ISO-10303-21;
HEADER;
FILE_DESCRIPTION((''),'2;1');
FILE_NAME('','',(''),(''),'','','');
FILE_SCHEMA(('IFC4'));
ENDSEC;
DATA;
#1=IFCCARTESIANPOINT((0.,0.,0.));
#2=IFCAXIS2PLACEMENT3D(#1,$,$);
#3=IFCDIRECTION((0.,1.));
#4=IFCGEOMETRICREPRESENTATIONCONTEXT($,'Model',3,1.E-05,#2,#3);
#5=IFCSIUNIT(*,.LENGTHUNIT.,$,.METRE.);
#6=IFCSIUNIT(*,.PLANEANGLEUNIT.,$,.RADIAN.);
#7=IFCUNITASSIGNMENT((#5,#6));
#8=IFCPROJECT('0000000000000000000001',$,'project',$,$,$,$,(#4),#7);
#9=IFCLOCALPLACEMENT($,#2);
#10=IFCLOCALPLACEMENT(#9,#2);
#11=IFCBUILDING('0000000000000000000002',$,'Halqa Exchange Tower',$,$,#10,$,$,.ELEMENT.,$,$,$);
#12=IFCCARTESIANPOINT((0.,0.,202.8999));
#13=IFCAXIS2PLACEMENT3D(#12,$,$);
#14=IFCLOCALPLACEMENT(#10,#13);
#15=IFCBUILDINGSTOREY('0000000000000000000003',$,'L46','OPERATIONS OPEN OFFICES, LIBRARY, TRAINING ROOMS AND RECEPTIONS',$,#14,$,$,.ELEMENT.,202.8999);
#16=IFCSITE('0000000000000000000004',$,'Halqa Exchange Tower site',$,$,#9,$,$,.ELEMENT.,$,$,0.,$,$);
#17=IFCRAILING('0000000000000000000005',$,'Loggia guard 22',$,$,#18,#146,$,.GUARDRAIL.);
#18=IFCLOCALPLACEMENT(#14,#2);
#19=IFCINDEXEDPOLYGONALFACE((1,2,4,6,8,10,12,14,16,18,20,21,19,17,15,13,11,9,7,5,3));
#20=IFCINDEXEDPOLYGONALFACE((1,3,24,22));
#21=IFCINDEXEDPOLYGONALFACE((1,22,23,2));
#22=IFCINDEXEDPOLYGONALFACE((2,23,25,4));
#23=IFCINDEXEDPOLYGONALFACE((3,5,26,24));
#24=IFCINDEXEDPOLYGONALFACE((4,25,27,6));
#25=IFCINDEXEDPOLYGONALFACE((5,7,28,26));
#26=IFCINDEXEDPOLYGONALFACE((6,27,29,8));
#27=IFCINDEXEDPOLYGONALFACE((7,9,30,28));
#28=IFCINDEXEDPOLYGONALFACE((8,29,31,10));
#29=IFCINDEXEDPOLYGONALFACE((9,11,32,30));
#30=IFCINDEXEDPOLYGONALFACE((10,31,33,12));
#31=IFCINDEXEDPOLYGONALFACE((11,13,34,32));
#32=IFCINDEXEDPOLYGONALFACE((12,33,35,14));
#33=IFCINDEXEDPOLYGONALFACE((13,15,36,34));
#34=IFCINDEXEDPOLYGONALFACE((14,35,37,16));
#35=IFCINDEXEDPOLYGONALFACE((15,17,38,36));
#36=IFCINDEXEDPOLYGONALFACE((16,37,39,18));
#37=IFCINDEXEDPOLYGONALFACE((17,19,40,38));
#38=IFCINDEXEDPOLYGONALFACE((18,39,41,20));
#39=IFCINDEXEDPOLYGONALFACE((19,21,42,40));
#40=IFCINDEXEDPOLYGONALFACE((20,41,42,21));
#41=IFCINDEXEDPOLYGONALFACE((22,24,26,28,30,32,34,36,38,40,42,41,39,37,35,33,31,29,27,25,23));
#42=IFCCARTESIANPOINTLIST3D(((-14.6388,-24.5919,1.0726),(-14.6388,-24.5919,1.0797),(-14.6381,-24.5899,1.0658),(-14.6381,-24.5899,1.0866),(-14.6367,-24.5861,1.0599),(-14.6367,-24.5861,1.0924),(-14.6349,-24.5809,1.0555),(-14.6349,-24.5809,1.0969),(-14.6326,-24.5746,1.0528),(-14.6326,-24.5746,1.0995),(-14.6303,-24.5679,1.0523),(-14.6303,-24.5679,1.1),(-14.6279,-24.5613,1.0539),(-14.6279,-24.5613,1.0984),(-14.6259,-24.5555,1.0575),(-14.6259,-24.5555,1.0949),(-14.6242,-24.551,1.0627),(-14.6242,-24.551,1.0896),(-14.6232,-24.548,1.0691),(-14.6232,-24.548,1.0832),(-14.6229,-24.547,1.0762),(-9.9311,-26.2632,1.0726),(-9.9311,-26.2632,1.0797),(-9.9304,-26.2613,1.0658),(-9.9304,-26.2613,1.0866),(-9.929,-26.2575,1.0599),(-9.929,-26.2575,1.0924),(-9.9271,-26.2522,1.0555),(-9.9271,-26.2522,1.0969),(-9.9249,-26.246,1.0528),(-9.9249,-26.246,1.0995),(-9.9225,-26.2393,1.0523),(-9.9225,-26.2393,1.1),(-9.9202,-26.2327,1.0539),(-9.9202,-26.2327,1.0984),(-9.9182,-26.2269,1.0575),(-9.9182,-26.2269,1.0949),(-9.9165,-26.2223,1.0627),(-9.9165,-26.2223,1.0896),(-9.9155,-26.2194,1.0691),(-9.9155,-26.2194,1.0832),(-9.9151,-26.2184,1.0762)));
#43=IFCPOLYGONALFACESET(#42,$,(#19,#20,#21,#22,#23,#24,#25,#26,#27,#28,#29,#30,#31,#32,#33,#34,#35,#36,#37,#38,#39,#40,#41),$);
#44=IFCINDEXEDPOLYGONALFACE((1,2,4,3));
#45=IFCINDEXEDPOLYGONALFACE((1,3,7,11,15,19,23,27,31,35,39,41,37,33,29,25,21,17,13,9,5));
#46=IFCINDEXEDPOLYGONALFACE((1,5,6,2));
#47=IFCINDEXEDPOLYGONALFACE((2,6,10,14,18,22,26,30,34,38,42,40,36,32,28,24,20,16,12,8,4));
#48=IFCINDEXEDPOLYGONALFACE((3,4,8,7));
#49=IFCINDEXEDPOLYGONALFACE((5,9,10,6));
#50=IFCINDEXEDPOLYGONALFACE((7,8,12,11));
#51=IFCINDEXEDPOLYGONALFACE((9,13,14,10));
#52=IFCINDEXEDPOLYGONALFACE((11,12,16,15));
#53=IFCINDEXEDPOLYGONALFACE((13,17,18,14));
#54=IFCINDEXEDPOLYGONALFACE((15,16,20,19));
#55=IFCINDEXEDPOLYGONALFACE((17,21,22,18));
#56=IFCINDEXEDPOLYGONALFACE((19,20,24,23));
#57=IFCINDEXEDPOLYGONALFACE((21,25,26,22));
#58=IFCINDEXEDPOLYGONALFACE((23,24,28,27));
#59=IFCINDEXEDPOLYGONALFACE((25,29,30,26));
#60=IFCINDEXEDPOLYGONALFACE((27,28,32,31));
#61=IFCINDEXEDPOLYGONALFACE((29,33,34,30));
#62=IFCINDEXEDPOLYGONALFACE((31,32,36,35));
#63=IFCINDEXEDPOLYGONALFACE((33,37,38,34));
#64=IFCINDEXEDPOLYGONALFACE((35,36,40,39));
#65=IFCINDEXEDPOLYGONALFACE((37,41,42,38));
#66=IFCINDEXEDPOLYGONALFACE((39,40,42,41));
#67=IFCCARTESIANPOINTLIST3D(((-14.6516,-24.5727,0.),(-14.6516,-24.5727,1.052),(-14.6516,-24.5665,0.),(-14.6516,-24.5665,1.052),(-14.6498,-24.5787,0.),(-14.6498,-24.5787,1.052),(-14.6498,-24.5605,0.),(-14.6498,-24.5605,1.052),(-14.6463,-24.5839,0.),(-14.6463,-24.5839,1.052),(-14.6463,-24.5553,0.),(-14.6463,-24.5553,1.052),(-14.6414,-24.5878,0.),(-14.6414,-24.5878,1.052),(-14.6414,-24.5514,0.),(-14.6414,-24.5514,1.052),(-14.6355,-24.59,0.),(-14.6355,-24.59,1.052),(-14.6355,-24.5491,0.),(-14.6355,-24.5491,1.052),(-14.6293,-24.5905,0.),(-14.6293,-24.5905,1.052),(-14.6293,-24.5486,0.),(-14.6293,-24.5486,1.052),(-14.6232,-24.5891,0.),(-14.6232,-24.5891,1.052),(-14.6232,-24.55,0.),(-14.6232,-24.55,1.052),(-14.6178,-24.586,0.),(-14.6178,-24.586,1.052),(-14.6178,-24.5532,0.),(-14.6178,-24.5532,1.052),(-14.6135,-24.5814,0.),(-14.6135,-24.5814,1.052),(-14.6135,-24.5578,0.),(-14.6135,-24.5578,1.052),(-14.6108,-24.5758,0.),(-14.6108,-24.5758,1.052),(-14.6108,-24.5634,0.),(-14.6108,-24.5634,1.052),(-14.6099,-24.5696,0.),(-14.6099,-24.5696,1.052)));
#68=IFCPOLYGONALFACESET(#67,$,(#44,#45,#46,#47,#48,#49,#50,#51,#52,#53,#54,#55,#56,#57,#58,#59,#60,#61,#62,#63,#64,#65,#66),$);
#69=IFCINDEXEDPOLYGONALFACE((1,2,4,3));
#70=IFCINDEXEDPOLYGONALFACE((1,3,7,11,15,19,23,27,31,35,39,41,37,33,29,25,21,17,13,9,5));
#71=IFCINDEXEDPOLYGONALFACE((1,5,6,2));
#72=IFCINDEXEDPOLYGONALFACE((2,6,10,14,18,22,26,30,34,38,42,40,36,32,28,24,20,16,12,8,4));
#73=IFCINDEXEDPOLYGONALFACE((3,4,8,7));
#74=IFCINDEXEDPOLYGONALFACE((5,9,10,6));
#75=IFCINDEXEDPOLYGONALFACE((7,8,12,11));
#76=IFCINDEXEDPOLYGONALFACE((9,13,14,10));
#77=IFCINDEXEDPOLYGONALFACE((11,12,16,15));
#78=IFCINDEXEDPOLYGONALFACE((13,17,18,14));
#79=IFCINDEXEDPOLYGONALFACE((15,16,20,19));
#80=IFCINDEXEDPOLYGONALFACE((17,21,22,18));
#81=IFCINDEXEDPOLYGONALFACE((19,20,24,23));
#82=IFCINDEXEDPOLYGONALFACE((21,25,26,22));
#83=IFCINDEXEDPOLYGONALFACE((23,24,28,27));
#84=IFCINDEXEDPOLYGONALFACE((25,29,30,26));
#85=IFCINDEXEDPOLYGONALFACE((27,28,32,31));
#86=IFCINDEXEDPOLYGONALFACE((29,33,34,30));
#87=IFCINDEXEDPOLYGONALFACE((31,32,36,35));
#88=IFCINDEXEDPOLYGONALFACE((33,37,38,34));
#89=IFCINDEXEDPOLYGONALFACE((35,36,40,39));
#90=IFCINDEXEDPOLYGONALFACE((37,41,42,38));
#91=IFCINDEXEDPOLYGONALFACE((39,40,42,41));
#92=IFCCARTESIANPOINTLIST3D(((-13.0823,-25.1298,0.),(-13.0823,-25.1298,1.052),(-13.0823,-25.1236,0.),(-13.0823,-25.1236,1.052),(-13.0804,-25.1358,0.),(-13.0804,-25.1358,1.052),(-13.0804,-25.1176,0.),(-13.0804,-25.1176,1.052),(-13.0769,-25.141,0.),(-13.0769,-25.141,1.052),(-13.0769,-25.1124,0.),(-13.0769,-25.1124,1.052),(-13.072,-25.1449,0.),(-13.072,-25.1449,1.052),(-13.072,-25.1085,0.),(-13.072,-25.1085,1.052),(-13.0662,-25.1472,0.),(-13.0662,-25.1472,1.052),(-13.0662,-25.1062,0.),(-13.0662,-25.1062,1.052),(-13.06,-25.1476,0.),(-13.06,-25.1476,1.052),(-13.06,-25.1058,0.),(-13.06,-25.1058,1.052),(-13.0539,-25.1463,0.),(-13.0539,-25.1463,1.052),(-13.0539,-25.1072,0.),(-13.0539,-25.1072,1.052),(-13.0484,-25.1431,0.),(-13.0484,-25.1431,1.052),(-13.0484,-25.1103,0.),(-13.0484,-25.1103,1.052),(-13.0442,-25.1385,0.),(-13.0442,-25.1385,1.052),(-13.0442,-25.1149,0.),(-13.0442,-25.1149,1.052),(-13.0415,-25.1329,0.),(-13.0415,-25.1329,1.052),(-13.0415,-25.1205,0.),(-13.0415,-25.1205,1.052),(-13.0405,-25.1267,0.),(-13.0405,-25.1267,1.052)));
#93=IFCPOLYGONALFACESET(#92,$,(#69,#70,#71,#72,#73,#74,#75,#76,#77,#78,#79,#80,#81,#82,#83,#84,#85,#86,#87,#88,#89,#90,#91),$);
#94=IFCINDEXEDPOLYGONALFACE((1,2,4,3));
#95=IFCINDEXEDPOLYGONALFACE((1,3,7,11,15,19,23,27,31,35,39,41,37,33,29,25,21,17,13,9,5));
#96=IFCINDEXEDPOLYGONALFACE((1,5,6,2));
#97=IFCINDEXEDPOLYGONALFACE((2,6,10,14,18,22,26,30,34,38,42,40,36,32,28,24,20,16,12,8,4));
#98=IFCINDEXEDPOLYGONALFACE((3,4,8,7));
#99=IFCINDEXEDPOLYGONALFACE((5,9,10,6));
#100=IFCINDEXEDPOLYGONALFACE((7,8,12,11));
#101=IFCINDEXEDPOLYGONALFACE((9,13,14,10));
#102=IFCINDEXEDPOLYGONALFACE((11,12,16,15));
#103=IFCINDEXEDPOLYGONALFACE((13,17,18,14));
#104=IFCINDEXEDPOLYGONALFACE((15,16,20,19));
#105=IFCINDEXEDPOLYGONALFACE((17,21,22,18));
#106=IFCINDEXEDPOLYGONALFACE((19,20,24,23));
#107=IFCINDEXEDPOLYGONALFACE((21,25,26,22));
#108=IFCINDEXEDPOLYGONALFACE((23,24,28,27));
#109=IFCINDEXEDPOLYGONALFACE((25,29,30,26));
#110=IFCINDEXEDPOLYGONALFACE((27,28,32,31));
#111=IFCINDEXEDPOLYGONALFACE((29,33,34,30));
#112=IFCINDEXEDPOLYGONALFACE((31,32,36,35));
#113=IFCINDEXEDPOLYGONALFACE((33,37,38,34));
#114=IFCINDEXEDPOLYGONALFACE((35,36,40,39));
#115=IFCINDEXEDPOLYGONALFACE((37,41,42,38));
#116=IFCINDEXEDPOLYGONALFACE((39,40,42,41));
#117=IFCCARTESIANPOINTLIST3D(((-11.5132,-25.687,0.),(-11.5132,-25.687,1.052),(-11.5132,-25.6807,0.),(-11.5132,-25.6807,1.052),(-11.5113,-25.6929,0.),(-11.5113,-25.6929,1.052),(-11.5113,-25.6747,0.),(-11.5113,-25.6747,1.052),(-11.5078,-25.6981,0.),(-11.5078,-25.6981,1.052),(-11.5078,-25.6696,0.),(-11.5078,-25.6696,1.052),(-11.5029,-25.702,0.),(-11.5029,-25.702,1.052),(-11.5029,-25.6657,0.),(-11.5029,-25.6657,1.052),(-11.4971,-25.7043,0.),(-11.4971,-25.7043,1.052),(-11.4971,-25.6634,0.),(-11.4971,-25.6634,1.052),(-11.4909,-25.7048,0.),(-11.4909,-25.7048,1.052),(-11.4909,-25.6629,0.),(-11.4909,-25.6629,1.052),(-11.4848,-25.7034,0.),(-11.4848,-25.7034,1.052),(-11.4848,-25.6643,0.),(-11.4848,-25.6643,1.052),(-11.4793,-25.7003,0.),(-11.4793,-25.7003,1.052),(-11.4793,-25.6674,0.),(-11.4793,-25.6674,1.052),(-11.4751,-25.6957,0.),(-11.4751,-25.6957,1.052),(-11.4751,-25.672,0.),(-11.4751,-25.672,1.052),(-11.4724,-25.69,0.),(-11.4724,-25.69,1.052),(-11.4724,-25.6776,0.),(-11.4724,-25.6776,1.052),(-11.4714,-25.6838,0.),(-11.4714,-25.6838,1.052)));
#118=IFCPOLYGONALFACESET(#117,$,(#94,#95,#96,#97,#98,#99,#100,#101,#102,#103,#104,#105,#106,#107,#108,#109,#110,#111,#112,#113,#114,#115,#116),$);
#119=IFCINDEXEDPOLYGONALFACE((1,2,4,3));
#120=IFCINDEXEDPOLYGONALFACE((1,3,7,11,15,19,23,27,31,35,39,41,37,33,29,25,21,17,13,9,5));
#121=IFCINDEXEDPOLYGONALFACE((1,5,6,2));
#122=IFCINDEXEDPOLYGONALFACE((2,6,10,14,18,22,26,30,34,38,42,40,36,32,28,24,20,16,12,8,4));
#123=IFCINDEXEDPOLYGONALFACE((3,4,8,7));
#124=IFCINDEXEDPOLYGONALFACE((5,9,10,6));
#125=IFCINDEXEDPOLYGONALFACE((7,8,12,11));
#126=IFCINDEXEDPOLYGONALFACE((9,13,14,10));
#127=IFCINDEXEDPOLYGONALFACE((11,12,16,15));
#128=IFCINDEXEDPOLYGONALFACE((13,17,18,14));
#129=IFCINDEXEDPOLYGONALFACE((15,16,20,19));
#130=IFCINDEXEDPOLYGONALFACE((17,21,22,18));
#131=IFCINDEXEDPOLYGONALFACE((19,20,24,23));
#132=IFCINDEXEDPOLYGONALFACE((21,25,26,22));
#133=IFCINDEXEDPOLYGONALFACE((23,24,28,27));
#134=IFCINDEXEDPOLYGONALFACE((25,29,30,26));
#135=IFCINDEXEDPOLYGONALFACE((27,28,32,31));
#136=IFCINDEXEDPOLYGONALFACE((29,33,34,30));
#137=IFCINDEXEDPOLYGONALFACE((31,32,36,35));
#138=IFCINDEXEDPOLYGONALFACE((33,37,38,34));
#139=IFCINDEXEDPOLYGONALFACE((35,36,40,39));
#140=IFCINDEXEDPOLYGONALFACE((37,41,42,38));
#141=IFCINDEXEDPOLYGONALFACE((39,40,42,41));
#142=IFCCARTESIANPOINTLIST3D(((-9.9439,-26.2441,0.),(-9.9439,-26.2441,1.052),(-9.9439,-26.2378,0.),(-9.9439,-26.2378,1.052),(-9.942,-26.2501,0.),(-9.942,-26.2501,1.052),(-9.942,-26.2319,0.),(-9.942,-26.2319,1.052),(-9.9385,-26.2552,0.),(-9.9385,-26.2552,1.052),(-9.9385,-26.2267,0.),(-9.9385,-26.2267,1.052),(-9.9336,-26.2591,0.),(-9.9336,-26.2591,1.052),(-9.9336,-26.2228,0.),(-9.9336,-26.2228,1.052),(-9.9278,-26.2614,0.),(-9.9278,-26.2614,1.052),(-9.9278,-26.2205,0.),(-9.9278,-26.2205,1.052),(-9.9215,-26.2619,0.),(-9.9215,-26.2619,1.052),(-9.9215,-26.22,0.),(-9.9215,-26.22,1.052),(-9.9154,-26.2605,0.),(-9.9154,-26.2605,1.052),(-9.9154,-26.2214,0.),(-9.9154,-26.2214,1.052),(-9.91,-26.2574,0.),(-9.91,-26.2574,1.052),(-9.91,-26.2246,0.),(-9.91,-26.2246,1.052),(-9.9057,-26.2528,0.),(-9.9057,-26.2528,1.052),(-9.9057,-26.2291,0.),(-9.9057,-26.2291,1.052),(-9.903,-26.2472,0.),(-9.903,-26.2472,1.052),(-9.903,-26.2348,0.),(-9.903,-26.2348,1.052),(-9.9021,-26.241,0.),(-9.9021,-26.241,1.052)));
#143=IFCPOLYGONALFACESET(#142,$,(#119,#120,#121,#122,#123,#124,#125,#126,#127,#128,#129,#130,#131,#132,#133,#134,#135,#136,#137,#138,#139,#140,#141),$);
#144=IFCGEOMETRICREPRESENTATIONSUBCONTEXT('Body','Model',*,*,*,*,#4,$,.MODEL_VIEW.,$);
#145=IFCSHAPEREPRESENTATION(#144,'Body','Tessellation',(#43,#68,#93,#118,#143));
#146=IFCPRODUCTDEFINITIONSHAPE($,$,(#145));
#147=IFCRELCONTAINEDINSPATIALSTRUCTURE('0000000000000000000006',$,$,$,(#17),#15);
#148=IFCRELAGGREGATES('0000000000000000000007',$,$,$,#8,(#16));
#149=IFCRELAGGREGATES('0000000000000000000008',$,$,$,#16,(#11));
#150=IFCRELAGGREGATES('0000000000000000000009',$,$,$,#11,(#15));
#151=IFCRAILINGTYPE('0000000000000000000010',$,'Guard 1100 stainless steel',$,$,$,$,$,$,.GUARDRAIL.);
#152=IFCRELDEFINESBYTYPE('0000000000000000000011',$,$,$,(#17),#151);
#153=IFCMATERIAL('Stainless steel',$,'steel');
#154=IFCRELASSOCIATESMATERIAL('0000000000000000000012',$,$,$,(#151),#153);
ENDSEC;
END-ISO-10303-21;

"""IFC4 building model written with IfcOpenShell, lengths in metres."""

from ifc_helpers import new_model, si_unit, direction, frame, origin, origin_2d, place, context, subcontext, project, spatial, circle, extrude, material, type_object, element, save


model = new_model("IFC4")

# Units and contexts
model_context = context("Model", 3, precision=1e-05, world=origin(), true_north=direction((0.0, 1.0)))
body_context = subcontext(model_context, "Body", "Model", "MODEL_VIEW")
ifc_project = project(units=[si_unit("LENGTHUNIT", "METRE"), si_unit("PLANEANGLEUNIT", "RADIAN")], contexts=[model_context])

# Site, building, storey
site_placement = place(None, origin())
site = spatial("IfcSite", under=ifc_project, at=site_placement, Name="Halqa Exchange Tower site", CompositionType="ELEMENT", RefElevation=0.0)
building_placement = place(site_placement, origin())
building = spatial("IfcBuilding", under=site, at=building_placement, Name="Halqa Exchange Tower", CompositionType="ELEMENT")
storey_placement = place(building_placement, frame((0.0, 0.0, 202.8999)))
storey = spatial("IfcBuildingStorey", under=building, at=storey_placement, Name="L46", Description="OPERATIONS OPEN OFFICES, LIBRARY, TRAINING ROOMS AND RECEPTIONS", CompositionType="ELEMENT", Elevation=202.8999)

# Railing
ifc_material_1 = material(Name="Stainless steel", Category="steel")
railing_type = type_object("IfcRailingType", Name="Guard 1100 stainless steel", PredefinedType="GUARDRAIL", material=ifc_material_1)
railing_1_placement = place(storey_placement, frame((-14.6309, -24.5696, 0.0)))
element("IfcRailing", 1, at=railing_1_placement, inside=storey, type_object=railing_type, Name="Loggia guard 22", PredefinedType="GUARDRAIL", context=body_context, shape_type="SweptSolid", body=[
    extrude(circle(Radius=0.0239, at=origin_2d()), frame((0.0, 0.0, 1.0762), z_axis=(0.942372, -0.334568, 0.0), x_axis=(0.334568, 0.942372, 0.0)), (0.0, 0.0, 1.0), 4.9956),
    extrude(circle(Radius=0.021, at=origin_2d()), origin(), (0.0, 0.0, 1.0), 1.052),
    extrude(circle(Radius=0.021, at=origin_2d()), frame((1.5693, -0.5571, 0.0)), (0.0, 0.0, 1.0), 1.052),
    extrude(circle(Radius=0.021, at=origin_2d()), frame((3.1384, -1.1143, 0.0)), (0.0, 0.0, 1.0), 1.052),
    extrude(circle(Radius=0.021, at=origin_2d()), frame((4.7078, -1.6714, 0.0)), (0.0, 0.0, 1.0), 1.052),
])

save(model, "model.ifc")
